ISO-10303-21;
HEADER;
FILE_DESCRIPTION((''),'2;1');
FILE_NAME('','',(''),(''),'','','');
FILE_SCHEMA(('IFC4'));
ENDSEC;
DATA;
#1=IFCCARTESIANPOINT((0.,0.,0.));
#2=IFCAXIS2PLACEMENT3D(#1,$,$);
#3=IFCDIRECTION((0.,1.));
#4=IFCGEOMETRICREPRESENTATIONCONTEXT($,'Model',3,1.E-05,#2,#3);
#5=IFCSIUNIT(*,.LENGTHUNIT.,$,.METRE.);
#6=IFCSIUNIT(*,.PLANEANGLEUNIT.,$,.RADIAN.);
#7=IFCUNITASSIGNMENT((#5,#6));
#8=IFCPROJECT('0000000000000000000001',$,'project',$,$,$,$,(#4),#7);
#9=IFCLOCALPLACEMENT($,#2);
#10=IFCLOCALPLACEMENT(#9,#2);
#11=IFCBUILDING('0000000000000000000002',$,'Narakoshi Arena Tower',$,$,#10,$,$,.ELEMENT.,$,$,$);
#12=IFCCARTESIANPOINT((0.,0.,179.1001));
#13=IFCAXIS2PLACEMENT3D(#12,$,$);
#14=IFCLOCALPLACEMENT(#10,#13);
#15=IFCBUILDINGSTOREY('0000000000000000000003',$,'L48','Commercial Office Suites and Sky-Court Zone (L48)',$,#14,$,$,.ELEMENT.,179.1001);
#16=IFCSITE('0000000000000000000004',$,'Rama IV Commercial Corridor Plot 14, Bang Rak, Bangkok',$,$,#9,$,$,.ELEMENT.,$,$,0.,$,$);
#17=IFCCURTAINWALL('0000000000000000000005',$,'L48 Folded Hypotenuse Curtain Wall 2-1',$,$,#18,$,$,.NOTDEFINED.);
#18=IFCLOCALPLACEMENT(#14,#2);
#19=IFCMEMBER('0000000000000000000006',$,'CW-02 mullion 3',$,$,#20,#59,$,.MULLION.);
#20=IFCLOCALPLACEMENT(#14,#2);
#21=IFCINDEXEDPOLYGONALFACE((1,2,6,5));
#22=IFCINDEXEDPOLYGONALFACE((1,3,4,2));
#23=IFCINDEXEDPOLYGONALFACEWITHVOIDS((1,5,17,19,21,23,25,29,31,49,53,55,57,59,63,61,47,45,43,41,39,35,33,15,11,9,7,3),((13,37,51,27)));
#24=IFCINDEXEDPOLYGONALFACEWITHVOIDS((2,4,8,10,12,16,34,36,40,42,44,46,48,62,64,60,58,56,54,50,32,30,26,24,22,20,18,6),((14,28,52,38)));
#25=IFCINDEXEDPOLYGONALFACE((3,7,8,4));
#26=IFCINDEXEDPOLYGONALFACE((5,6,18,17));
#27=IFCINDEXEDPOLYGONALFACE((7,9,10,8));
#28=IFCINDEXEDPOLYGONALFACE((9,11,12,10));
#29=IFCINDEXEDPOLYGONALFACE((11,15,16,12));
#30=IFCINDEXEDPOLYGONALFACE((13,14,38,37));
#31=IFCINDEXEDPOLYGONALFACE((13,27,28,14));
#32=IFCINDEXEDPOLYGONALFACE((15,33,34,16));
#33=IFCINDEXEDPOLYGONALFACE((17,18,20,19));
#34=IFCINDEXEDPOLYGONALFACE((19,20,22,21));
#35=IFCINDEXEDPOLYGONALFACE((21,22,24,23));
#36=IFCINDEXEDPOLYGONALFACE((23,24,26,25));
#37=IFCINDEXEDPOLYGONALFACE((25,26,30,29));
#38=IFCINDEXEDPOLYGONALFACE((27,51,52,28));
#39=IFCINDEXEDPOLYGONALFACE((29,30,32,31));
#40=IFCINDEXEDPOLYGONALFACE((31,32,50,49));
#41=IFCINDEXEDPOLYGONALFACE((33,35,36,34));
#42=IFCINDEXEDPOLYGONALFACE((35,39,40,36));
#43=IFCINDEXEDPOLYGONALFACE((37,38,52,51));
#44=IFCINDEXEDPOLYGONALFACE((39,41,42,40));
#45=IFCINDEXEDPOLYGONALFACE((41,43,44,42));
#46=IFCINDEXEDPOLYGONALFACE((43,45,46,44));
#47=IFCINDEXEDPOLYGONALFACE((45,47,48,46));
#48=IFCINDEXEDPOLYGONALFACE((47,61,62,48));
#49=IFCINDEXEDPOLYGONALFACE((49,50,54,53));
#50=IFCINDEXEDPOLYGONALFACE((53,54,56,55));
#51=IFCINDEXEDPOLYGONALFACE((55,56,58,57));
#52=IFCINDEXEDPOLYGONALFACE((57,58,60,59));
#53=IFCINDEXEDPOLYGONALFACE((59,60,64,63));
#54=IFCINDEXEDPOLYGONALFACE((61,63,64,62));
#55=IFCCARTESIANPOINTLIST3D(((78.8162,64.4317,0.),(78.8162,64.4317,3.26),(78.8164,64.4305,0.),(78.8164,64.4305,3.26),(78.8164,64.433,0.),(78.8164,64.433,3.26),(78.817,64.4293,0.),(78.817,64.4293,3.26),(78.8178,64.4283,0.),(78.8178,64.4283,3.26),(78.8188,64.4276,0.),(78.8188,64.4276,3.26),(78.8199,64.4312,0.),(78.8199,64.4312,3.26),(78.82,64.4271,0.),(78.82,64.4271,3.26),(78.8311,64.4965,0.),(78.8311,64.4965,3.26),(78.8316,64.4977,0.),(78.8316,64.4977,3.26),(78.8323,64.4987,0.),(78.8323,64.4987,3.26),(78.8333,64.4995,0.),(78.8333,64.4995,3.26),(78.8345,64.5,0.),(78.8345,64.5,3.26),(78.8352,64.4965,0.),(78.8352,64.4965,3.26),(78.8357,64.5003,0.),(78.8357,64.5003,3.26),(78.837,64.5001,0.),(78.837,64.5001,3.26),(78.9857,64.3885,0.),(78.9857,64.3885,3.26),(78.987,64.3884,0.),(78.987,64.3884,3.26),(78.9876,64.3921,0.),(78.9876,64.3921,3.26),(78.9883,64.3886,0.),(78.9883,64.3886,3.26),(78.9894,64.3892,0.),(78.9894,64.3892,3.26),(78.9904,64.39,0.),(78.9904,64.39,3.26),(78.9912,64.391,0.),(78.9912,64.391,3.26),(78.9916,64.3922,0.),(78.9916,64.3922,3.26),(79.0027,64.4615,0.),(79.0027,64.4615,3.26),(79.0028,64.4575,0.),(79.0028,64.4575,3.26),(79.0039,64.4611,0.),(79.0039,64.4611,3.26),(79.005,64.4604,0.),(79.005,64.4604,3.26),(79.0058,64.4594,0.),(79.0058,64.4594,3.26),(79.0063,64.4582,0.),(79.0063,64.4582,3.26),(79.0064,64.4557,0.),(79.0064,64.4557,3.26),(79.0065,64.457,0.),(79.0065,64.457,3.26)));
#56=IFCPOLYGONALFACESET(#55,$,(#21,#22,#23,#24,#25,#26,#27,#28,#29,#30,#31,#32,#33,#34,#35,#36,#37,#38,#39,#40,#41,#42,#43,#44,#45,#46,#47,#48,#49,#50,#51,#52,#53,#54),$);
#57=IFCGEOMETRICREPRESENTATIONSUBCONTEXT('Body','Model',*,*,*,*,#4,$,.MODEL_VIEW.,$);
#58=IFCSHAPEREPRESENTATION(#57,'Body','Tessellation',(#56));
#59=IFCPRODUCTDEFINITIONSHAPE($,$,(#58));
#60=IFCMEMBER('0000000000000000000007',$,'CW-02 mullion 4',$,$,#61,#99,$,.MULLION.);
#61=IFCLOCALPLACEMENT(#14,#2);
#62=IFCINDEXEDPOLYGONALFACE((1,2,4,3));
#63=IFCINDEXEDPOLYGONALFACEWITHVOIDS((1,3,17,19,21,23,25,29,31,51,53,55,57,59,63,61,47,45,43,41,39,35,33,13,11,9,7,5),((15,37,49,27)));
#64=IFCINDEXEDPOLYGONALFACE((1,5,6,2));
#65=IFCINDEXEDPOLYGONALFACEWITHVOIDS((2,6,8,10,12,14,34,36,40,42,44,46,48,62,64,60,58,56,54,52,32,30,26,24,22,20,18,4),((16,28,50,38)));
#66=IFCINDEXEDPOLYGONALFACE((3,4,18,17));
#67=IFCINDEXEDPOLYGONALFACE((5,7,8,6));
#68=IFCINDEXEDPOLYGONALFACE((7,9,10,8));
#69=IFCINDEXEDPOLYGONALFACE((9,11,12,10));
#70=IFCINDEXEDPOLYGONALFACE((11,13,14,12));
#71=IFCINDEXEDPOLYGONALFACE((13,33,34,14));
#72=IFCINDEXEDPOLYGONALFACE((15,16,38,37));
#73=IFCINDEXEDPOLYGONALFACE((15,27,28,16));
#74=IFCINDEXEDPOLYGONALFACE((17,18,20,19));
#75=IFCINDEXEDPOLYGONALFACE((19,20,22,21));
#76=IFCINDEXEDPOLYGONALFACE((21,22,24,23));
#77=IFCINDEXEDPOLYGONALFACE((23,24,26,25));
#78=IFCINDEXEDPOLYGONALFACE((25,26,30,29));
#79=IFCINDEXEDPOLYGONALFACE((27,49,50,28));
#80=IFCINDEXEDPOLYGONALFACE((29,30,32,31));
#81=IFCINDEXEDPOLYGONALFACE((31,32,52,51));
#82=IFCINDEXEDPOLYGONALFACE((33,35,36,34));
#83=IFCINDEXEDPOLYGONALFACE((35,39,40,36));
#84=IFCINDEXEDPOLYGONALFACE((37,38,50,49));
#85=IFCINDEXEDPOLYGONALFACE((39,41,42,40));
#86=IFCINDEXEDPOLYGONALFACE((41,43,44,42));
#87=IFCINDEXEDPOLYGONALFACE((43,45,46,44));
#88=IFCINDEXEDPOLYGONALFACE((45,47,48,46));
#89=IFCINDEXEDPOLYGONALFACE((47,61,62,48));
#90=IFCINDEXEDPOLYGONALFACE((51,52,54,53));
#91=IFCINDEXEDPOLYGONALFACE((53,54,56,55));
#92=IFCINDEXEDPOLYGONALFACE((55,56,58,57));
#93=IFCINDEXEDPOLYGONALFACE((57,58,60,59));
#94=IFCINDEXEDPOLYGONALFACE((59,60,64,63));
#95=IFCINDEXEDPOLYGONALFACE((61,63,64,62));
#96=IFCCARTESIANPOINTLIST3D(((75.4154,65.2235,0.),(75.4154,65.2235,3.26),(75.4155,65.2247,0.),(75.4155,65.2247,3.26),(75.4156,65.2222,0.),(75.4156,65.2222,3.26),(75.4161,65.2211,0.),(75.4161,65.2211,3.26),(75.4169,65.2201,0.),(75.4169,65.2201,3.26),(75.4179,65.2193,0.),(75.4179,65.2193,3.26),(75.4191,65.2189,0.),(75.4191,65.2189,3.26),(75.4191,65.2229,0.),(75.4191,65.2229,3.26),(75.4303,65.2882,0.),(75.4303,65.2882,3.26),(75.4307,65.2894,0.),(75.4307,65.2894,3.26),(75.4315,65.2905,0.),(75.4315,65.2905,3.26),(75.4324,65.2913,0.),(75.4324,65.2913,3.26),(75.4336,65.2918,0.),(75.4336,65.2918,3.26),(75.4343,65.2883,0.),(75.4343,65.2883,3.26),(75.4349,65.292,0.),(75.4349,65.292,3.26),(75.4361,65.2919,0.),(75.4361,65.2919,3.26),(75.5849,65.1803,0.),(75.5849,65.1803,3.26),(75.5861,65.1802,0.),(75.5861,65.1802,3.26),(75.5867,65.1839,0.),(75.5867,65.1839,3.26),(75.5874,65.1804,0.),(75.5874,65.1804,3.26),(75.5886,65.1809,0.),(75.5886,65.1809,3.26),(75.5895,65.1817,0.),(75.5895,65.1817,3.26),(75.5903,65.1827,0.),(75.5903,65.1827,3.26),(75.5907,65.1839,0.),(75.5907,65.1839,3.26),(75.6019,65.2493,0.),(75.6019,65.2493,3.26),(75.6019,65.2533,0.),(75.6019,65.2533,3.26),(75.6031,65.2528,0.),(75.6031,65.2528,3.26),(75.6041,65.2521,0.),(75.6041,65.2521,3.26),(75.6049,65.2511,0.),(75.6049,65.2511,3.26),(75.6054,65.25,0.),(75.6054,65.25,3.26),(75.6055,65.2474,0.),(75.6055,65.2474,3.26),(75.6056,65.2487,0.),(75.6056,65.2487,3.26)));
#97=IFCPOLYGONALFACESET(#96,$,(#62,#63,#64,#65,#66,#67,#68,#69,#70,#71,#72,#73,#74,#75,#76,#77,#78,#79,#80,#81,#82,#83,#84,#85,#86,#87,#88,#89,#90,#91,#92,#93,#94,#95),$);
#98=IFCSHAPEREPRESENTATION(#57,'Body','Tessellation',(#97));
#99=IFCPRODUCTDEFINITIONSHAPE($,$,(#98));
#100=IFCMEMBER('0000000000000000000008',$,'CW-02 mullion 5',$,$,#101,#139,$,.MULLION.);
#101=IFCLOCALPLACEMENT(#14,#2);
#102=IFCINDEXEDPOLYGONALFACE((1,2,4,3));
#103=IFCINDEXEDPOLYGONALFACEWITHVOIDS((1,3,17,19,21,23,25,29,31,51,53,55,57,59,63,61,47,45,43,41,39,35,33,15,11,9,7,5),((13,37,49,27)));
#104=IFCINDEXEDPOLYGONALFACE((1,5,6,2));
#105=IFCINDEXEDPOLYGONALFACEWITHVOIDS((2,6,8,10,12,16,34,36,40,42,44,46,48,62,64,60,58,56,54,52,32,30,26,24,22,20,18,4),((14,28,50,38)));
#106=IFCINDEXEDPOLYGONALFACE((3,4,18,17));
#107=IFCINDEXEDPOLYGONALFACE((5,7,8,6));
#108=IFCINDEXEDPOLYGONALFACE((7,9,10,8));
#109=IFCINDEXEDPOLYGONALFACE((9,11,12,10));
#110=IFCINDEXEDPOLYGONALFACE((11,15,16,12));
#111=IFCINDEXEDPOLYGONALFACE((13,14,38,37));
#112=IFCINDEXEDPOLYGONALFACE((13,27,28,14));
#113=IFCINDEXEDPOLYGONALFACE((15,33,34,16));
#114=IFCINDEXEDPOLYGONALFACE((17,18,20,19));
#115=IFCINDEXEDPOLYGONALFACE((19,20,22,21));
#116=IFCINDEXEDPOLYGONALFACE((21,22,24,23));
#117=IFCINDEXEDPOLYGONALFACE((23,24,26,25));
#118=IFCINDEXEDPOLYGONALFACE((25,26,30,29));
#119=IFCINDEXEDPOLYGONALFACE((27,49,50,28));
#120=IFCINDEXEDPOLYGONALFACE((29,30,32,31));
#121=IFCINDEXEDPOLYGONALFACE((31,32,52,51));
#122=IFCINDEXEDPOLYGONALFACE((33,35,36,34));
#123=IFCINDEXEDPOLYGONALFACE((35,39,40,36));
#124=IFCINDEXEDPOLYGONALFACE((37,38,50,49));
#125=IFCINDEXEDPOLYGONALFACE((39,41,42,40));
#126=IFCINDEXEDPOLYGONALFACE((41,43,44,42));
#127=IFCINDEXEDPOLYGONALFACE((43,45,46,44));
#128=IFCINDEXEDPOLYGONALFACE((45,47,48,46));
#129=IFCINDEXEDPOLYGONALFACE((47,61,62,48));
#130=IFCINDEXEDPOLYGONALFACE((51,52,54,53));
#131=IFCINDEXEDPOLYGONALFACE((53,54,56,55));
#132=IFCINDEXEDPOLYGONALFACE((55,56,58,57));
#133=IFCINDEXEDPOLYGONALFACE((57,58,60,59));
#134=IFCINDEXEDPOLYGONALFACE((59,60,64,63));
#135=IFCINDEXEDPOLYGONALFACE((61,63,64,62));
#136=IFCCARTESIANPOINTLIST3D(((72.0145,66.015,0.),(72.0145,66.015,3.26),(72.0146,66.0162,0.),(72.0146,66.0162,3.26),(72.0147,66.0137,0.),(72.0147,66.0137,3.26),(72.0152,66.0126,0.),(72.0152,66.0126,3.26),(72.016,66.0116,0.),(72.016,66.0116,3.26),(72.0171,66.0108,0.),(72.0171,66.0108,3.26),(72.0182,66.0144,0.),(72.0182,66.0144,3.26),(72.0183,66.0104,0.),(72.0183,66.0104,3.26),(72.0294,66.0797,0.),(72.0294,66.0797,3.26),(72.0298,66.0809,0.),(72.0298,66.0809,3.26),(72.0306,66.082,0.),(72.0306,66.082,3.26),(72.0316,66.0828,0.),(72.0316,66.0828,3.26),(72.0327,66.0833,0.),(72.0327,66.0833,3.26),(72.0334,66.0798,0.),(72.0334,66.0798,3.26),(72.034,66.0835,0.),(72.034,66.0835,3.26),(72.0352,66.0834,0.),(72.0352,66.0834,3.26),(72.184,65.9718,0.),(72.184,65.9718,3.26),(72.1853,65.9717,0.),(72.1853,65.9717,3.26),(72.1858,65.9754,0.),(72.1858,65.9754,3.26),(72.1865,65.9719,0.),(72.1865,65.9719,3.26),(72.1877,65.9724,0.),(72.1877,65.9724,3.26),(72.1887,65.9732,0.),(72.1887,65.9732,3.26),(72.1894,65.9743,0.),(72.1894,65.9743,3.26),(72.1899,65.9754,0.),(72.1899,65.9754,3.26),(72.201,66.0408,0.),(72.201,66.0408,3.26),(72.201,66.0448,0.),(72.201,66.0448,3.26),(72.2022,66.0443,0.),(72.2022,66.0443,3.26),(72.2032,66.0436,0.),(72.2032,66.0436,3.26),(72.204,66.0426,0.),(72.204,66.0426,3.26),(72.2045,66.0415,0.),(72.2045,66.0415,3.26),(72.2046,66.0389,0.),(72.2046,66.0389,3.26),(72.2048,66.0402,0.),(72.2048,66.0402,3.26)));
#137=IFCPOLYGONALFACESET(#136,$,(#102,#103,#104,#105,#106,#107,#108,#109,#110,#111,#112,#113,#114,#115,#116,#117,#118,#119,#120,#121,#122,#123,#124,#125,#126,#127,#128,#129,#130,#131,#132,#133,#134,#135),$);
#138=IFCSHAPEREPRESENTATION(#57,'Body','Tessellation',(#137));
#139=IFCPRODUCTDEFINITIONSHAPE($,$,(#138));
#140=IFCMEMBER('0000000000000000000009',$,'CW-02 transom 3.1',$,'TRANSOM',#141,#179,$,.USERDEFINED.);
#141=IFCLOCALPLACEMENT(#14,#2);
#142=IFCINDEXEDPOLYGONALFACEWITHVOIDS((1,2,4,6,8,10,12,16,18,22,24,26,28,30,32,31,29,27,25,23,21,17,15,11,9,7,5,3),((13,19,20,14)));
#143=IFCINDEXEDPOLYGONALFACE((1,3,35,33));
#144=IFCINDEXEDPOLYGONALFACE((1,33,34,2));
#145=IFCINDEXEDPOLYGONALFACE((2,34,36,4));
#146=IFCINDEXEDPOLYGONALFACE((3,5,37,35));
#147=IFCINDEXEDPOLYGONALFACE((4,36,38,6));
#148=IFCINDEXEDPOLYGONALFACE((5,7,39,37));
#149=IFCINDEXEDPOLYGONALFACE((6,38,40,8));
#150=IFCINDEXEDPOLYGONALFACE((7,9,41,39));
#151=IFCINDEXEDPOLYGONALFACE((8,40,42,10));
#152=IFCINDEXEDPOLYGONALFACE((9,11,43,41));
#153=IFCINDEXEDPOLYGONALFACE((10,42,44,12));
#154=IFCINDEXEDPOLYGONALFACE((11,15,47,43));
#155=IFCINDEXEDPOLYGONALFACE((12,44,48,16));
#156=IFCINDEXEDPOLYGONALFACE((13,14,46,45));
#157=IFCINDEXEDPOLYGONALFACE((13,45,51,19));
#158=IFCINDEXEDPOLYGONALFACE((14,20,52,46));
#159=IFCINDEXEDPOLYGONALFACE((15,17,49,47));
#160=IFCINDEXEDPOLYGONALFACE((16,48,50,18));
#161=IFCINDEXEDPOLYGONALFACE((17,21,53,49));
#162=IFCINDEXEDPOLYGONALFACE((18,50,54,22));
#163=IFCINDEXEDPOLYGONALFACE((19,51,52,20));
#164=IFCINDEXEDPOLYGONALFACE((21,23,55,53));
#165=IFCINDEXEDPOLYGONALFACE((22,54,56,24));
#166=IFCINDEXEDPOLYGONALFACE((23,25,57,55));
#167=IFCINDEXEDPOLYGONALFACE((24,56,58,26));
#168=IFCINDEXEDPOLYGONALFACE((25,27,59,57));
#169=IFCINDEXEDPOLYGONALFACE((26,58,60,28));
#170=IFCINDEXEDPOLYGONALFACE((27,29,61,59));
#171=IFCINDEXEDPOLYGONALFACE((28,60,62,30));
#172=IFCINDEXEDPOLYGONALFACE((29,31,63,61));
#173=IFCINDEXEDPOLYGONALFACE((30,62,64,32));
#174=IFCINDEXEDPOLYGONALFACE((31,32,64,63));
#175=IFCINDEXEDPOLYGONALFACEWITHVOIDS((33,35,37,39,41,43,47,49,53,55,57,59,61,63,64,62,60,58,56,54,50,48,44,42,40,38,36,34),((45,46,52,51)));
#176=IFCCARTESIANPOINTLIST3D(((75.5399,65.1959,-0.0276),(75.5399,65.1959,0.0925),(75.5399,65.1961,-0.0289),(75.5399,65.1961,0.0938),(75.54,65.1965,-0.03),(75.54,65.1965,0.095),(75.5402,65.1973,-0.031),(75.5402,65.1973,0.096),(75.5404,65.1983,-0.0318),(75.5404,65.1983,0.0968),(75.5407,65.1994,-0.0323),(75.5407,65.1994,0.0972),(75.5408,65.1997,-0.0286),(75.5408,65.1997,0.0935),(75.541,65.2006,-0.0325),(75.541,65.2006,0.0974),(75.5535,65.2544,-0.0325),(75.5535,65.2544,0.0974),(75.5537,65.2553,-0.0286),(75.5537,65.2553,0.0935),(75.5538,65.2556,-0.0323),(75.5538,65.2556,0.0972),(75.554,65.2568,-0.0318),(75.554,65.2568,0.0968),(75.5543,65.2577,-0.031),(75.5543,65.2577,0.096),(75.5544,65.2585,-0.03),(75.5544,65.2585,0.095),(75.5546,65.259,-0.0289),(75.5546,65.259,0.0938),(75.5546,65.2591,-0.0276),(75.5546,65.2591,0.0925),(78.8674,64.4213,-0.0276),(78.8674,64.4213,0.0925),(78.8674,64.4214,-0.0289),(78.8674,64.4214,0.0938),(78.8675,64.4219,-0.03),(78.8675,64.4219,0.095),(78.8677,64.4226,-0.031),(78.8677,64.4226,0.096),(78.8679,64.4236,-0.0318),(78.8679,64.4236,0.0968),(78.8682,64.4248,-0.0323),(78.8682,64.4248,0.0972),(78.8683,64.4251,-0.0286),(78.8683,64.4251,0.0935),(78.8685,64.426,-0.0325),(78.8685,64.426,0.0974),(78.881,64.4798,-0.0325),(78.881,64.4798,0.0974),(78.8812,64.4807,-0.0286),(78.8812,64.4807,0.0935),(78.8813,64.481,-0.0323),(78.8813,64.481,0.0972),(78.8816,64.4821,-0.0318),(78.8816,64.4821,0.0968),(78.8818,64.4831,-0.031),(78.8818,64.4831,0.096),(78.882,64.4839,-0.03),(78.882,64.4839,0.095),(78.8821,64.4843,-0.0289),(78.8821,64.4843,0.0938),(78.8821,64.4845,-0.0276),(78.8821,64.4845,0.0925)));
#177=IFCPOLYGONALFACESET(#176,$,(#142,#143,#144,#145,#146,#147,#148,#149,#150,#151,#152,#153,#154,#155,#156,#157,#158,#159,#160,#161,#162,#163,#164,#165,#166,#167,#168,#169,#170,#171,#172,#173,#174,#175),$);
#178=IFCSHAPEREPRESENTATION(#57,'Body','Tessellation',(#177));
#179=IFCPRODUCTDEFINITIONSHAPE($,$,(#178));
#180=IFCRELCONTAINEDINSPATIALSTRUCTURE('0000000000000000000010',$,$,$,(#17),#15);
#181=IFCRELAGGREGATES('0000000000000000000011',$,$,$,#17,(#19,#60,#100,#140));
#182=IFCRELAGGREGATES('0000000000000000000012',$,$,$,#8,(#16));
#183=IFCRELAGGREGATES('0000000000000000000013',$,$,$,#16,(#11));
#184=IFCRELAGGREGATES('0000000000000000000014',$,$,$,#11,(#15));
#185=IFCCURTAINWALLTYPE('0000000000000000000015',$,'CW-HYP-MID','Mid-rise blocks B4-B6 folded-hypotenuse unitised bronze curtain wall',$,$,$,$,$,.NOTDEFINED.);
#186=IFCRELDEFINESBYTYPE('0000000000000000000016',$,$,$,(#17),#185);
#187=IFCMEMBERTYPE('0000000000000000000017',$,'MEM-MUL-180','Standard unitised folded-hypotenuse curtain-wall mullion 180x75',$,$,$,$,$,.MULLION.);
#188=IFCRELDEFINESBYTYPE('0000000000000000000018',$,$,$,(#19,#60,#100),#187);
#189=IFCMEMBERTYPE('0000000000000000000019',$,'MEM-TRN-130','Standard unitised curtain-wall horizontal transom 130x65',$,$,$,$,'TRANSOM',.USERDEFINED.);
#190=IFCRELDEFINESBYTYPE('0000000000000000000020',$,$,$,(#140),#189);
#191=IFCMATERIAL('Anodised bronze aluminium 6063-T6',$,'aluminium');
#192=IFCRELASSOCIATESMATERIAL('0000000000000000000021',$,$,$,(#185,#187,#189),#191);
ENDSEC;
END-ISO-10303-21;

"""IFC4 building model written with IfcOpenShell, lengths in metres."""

from ifc_helpers import new_model, si_unit, direction, frame, origin, origin_2d, place, context, subcontext, project, spatial, hollow_rectangle, extrude, material, material_profile, profile_set, type_object, element, aggregate, save


model = new_model("IFC4")

# Units and contexts
model_context = context("Model", 3, precision=1e-05, world=origin(), true_north=direction((0.0, 1.0)))
body_context = subcontext(model_context, "Body", "Model", "MODEL_VIEW")
ifc_project = project(units=[si_unit("LENGTHUNIT", "METRE"), si_unit("PLANEANGLEUNIT", "RADIAN")], contexts=[model_context])

# Site, building, storey
site_placement = place(None, origin())
site = spatial("IfcSite", under=ifc_project, at=site_placement, Name="Rama IV Commercial Corridor Plot 14, Bang Rak, Bangkok", CompositionType="ELEMENT", RefElevation=0.0)
building_placement = place(site_placement, origin())
building = spatial("IfcBuilding", under=site, at=building_placement, Name="Narakoshi Arena Tower", CompositionType="ELEMENT")
storey_placement = place(building_placement, frame((0.0, 0.0, 179.1001)))
storey = spatial("IfcBuildingStorey", under=building, at=storey_placement, Name="L48", Description="Commercial Office Suites and Sky-Court Zone (L48)", CompositionType="ELEMENT", Elevation=179.1001)

# Curtain wall, members
ifc_material_1 = material(Name="Anodised bronze aluminium 6063-T6", Category="aluminium")
curtain_wall_type = type_object("IfcCurtainWallType", Name="CW-HYP-MID", Description="Mid-rise blocks B4-B6 folded-hypotenuse unitised bronze curtain wall", PredefinedType="NOTDEFINED", material=ifc_material_1)
curtain_wall_placement = place(storey_placement, origin())
curtain_wall = element("IfcCurtainWall", 1, at=curtain_wall_placement, inside=storey, type_object=curtain_wall_type, Name="L48 Folded Hypotenuse Curtain Wall 2-1", PredefinedType="NOTDEFINED")
ifc_material_profile_1 = material_profile(ifc_material_1, hollow_rectangle(XDim=0.075, YDim=0.1799, WallThickness=0.0039, OuterFilletRadius=0.0049, at=origin_2d()), Name="MUL180x75x4")
ifc_profile_set_1 = profile_set([ifc_material_profile_1], Name="Anodised bronze aluminium 6063-T6")
member_type_1 = type_object("IfcMemberType", Name="MEM-MUL-180", Description="Standard unitised folded-hypotenuse curtain-wall mullion 180x75", PredefinedType="MULLION", material=ifc_profile_set_1)
member_1_placement = place(storey_placement, frame((78.9114, 64.4443, 0.0), z_axis=(0.0, 0.0, 1.0), x_axis=(-0.226721, -0.97396, 0.0)))
member_1 = element("IfcMember", 2, at=member_1_placement, type_object=member_type_1, Name="CW-02 mullion 3", PredefinedType="MULLION", context=body_context, shape_type="SweptSolid", body=[
    extrude(hollow_rectangle(XDim=0.075, YDim=0.1799, WallThickness=0.0039, OuterFilletRadius=0.0049, at=origin_2d()), origin(), (0.0, 0.0, 1.0), 3.26),
])
member_2_placement = place(storey_placement, frame((75.5105, 65.2361, 0.0), z_axis=(0.0, 0.0, 1.0), x_axis=(-0.226721, -0.97396, 0.0)))
member_2 = element("IfcMember", 3, at=member_2_placement, type_object=member_type_1, Name="CW-02 mullion 4", PredefinedType="MULLION", context=body_context, shape_type="SweptSolid", body=[
    extrude(hollow_rectangle(XDim=0.075, YDim=0.1799, WallThickness=0.0039, OuterFilletRadius=0.0049, at=origin_2d()), origin(), (0.0, 0.0, 1.0), 3.26),
])
member_3_placement = place(storey_placement, frame((72.1096, 66.0276, 0.0), z_axis=(0.0, 0.0, 1.0), x_axis=(-0.226721, -0.97396, 0.0)))
member_3 = element("IfcMember", 4, at=member_3_placement, type_object=member_type_1, Name="CW-02 mullion 5", PredefinedType="MULLION", context=body_context, shape_type="SweptSolid", body=[
    extrude(hollow_rectangle(XDim=0.075, YDim=0.1799, WallThickness=0.0039, OuterFilletRadius=0.0049, at=origin_2d()), origin(), (0.0, 0.0, 1.0), 3.26),
])
ifc_material_profile_2 = material_profile(ifc_material_1, hollow_rectangle(XDim=0.0649, YDim=0.1299, WallThickness=0.0039, OuterFilletRadius=0.0049, at=origin_2d()), Name="TRN130x65x4")
ifc_profile_set_2 = profile_set([ifc_material_profile_2], Name="Anodised bronze aluminium 6063-T6")
member_type_2 = type_object("IfcMemberType", Name="MEM-TRN-130", Description="Standard unitised curtain-wall horizontal transom 130x65", ElementType="TRANSOM", PredefinedType="USERDEFINED", material=ifc_profile_set_2)
member_4_placement = place(storey_placement, frame((78.8748, 64.4529, 0.0325), z_axis=(-0.973957, 0.226733, 0.0), x_axis=(-0.226733, -0.973957, 0.0)))
member_4 = element("IfcMember", 5, at=member_4_placement, type_object=member_type_2, Name="CW-02 transom 3.1", ObjectType="TRANSOM", PredefinedType="USERDEFINED", context=body_context, shape_type="SweptSolid", body=[
    extrude(hollow_rectangle(XDim=0.0649, YDim=0.1299, WallThickness=0.0039, OuterFilletRadius=0.0049, at=origin_2d()), origin(), (0.0, 0.0, 1.0), 3.4165),
])
aggregate(curtain_wall, [member_1, member_2, member_3, member_4])

save(model, "model.ifc")
